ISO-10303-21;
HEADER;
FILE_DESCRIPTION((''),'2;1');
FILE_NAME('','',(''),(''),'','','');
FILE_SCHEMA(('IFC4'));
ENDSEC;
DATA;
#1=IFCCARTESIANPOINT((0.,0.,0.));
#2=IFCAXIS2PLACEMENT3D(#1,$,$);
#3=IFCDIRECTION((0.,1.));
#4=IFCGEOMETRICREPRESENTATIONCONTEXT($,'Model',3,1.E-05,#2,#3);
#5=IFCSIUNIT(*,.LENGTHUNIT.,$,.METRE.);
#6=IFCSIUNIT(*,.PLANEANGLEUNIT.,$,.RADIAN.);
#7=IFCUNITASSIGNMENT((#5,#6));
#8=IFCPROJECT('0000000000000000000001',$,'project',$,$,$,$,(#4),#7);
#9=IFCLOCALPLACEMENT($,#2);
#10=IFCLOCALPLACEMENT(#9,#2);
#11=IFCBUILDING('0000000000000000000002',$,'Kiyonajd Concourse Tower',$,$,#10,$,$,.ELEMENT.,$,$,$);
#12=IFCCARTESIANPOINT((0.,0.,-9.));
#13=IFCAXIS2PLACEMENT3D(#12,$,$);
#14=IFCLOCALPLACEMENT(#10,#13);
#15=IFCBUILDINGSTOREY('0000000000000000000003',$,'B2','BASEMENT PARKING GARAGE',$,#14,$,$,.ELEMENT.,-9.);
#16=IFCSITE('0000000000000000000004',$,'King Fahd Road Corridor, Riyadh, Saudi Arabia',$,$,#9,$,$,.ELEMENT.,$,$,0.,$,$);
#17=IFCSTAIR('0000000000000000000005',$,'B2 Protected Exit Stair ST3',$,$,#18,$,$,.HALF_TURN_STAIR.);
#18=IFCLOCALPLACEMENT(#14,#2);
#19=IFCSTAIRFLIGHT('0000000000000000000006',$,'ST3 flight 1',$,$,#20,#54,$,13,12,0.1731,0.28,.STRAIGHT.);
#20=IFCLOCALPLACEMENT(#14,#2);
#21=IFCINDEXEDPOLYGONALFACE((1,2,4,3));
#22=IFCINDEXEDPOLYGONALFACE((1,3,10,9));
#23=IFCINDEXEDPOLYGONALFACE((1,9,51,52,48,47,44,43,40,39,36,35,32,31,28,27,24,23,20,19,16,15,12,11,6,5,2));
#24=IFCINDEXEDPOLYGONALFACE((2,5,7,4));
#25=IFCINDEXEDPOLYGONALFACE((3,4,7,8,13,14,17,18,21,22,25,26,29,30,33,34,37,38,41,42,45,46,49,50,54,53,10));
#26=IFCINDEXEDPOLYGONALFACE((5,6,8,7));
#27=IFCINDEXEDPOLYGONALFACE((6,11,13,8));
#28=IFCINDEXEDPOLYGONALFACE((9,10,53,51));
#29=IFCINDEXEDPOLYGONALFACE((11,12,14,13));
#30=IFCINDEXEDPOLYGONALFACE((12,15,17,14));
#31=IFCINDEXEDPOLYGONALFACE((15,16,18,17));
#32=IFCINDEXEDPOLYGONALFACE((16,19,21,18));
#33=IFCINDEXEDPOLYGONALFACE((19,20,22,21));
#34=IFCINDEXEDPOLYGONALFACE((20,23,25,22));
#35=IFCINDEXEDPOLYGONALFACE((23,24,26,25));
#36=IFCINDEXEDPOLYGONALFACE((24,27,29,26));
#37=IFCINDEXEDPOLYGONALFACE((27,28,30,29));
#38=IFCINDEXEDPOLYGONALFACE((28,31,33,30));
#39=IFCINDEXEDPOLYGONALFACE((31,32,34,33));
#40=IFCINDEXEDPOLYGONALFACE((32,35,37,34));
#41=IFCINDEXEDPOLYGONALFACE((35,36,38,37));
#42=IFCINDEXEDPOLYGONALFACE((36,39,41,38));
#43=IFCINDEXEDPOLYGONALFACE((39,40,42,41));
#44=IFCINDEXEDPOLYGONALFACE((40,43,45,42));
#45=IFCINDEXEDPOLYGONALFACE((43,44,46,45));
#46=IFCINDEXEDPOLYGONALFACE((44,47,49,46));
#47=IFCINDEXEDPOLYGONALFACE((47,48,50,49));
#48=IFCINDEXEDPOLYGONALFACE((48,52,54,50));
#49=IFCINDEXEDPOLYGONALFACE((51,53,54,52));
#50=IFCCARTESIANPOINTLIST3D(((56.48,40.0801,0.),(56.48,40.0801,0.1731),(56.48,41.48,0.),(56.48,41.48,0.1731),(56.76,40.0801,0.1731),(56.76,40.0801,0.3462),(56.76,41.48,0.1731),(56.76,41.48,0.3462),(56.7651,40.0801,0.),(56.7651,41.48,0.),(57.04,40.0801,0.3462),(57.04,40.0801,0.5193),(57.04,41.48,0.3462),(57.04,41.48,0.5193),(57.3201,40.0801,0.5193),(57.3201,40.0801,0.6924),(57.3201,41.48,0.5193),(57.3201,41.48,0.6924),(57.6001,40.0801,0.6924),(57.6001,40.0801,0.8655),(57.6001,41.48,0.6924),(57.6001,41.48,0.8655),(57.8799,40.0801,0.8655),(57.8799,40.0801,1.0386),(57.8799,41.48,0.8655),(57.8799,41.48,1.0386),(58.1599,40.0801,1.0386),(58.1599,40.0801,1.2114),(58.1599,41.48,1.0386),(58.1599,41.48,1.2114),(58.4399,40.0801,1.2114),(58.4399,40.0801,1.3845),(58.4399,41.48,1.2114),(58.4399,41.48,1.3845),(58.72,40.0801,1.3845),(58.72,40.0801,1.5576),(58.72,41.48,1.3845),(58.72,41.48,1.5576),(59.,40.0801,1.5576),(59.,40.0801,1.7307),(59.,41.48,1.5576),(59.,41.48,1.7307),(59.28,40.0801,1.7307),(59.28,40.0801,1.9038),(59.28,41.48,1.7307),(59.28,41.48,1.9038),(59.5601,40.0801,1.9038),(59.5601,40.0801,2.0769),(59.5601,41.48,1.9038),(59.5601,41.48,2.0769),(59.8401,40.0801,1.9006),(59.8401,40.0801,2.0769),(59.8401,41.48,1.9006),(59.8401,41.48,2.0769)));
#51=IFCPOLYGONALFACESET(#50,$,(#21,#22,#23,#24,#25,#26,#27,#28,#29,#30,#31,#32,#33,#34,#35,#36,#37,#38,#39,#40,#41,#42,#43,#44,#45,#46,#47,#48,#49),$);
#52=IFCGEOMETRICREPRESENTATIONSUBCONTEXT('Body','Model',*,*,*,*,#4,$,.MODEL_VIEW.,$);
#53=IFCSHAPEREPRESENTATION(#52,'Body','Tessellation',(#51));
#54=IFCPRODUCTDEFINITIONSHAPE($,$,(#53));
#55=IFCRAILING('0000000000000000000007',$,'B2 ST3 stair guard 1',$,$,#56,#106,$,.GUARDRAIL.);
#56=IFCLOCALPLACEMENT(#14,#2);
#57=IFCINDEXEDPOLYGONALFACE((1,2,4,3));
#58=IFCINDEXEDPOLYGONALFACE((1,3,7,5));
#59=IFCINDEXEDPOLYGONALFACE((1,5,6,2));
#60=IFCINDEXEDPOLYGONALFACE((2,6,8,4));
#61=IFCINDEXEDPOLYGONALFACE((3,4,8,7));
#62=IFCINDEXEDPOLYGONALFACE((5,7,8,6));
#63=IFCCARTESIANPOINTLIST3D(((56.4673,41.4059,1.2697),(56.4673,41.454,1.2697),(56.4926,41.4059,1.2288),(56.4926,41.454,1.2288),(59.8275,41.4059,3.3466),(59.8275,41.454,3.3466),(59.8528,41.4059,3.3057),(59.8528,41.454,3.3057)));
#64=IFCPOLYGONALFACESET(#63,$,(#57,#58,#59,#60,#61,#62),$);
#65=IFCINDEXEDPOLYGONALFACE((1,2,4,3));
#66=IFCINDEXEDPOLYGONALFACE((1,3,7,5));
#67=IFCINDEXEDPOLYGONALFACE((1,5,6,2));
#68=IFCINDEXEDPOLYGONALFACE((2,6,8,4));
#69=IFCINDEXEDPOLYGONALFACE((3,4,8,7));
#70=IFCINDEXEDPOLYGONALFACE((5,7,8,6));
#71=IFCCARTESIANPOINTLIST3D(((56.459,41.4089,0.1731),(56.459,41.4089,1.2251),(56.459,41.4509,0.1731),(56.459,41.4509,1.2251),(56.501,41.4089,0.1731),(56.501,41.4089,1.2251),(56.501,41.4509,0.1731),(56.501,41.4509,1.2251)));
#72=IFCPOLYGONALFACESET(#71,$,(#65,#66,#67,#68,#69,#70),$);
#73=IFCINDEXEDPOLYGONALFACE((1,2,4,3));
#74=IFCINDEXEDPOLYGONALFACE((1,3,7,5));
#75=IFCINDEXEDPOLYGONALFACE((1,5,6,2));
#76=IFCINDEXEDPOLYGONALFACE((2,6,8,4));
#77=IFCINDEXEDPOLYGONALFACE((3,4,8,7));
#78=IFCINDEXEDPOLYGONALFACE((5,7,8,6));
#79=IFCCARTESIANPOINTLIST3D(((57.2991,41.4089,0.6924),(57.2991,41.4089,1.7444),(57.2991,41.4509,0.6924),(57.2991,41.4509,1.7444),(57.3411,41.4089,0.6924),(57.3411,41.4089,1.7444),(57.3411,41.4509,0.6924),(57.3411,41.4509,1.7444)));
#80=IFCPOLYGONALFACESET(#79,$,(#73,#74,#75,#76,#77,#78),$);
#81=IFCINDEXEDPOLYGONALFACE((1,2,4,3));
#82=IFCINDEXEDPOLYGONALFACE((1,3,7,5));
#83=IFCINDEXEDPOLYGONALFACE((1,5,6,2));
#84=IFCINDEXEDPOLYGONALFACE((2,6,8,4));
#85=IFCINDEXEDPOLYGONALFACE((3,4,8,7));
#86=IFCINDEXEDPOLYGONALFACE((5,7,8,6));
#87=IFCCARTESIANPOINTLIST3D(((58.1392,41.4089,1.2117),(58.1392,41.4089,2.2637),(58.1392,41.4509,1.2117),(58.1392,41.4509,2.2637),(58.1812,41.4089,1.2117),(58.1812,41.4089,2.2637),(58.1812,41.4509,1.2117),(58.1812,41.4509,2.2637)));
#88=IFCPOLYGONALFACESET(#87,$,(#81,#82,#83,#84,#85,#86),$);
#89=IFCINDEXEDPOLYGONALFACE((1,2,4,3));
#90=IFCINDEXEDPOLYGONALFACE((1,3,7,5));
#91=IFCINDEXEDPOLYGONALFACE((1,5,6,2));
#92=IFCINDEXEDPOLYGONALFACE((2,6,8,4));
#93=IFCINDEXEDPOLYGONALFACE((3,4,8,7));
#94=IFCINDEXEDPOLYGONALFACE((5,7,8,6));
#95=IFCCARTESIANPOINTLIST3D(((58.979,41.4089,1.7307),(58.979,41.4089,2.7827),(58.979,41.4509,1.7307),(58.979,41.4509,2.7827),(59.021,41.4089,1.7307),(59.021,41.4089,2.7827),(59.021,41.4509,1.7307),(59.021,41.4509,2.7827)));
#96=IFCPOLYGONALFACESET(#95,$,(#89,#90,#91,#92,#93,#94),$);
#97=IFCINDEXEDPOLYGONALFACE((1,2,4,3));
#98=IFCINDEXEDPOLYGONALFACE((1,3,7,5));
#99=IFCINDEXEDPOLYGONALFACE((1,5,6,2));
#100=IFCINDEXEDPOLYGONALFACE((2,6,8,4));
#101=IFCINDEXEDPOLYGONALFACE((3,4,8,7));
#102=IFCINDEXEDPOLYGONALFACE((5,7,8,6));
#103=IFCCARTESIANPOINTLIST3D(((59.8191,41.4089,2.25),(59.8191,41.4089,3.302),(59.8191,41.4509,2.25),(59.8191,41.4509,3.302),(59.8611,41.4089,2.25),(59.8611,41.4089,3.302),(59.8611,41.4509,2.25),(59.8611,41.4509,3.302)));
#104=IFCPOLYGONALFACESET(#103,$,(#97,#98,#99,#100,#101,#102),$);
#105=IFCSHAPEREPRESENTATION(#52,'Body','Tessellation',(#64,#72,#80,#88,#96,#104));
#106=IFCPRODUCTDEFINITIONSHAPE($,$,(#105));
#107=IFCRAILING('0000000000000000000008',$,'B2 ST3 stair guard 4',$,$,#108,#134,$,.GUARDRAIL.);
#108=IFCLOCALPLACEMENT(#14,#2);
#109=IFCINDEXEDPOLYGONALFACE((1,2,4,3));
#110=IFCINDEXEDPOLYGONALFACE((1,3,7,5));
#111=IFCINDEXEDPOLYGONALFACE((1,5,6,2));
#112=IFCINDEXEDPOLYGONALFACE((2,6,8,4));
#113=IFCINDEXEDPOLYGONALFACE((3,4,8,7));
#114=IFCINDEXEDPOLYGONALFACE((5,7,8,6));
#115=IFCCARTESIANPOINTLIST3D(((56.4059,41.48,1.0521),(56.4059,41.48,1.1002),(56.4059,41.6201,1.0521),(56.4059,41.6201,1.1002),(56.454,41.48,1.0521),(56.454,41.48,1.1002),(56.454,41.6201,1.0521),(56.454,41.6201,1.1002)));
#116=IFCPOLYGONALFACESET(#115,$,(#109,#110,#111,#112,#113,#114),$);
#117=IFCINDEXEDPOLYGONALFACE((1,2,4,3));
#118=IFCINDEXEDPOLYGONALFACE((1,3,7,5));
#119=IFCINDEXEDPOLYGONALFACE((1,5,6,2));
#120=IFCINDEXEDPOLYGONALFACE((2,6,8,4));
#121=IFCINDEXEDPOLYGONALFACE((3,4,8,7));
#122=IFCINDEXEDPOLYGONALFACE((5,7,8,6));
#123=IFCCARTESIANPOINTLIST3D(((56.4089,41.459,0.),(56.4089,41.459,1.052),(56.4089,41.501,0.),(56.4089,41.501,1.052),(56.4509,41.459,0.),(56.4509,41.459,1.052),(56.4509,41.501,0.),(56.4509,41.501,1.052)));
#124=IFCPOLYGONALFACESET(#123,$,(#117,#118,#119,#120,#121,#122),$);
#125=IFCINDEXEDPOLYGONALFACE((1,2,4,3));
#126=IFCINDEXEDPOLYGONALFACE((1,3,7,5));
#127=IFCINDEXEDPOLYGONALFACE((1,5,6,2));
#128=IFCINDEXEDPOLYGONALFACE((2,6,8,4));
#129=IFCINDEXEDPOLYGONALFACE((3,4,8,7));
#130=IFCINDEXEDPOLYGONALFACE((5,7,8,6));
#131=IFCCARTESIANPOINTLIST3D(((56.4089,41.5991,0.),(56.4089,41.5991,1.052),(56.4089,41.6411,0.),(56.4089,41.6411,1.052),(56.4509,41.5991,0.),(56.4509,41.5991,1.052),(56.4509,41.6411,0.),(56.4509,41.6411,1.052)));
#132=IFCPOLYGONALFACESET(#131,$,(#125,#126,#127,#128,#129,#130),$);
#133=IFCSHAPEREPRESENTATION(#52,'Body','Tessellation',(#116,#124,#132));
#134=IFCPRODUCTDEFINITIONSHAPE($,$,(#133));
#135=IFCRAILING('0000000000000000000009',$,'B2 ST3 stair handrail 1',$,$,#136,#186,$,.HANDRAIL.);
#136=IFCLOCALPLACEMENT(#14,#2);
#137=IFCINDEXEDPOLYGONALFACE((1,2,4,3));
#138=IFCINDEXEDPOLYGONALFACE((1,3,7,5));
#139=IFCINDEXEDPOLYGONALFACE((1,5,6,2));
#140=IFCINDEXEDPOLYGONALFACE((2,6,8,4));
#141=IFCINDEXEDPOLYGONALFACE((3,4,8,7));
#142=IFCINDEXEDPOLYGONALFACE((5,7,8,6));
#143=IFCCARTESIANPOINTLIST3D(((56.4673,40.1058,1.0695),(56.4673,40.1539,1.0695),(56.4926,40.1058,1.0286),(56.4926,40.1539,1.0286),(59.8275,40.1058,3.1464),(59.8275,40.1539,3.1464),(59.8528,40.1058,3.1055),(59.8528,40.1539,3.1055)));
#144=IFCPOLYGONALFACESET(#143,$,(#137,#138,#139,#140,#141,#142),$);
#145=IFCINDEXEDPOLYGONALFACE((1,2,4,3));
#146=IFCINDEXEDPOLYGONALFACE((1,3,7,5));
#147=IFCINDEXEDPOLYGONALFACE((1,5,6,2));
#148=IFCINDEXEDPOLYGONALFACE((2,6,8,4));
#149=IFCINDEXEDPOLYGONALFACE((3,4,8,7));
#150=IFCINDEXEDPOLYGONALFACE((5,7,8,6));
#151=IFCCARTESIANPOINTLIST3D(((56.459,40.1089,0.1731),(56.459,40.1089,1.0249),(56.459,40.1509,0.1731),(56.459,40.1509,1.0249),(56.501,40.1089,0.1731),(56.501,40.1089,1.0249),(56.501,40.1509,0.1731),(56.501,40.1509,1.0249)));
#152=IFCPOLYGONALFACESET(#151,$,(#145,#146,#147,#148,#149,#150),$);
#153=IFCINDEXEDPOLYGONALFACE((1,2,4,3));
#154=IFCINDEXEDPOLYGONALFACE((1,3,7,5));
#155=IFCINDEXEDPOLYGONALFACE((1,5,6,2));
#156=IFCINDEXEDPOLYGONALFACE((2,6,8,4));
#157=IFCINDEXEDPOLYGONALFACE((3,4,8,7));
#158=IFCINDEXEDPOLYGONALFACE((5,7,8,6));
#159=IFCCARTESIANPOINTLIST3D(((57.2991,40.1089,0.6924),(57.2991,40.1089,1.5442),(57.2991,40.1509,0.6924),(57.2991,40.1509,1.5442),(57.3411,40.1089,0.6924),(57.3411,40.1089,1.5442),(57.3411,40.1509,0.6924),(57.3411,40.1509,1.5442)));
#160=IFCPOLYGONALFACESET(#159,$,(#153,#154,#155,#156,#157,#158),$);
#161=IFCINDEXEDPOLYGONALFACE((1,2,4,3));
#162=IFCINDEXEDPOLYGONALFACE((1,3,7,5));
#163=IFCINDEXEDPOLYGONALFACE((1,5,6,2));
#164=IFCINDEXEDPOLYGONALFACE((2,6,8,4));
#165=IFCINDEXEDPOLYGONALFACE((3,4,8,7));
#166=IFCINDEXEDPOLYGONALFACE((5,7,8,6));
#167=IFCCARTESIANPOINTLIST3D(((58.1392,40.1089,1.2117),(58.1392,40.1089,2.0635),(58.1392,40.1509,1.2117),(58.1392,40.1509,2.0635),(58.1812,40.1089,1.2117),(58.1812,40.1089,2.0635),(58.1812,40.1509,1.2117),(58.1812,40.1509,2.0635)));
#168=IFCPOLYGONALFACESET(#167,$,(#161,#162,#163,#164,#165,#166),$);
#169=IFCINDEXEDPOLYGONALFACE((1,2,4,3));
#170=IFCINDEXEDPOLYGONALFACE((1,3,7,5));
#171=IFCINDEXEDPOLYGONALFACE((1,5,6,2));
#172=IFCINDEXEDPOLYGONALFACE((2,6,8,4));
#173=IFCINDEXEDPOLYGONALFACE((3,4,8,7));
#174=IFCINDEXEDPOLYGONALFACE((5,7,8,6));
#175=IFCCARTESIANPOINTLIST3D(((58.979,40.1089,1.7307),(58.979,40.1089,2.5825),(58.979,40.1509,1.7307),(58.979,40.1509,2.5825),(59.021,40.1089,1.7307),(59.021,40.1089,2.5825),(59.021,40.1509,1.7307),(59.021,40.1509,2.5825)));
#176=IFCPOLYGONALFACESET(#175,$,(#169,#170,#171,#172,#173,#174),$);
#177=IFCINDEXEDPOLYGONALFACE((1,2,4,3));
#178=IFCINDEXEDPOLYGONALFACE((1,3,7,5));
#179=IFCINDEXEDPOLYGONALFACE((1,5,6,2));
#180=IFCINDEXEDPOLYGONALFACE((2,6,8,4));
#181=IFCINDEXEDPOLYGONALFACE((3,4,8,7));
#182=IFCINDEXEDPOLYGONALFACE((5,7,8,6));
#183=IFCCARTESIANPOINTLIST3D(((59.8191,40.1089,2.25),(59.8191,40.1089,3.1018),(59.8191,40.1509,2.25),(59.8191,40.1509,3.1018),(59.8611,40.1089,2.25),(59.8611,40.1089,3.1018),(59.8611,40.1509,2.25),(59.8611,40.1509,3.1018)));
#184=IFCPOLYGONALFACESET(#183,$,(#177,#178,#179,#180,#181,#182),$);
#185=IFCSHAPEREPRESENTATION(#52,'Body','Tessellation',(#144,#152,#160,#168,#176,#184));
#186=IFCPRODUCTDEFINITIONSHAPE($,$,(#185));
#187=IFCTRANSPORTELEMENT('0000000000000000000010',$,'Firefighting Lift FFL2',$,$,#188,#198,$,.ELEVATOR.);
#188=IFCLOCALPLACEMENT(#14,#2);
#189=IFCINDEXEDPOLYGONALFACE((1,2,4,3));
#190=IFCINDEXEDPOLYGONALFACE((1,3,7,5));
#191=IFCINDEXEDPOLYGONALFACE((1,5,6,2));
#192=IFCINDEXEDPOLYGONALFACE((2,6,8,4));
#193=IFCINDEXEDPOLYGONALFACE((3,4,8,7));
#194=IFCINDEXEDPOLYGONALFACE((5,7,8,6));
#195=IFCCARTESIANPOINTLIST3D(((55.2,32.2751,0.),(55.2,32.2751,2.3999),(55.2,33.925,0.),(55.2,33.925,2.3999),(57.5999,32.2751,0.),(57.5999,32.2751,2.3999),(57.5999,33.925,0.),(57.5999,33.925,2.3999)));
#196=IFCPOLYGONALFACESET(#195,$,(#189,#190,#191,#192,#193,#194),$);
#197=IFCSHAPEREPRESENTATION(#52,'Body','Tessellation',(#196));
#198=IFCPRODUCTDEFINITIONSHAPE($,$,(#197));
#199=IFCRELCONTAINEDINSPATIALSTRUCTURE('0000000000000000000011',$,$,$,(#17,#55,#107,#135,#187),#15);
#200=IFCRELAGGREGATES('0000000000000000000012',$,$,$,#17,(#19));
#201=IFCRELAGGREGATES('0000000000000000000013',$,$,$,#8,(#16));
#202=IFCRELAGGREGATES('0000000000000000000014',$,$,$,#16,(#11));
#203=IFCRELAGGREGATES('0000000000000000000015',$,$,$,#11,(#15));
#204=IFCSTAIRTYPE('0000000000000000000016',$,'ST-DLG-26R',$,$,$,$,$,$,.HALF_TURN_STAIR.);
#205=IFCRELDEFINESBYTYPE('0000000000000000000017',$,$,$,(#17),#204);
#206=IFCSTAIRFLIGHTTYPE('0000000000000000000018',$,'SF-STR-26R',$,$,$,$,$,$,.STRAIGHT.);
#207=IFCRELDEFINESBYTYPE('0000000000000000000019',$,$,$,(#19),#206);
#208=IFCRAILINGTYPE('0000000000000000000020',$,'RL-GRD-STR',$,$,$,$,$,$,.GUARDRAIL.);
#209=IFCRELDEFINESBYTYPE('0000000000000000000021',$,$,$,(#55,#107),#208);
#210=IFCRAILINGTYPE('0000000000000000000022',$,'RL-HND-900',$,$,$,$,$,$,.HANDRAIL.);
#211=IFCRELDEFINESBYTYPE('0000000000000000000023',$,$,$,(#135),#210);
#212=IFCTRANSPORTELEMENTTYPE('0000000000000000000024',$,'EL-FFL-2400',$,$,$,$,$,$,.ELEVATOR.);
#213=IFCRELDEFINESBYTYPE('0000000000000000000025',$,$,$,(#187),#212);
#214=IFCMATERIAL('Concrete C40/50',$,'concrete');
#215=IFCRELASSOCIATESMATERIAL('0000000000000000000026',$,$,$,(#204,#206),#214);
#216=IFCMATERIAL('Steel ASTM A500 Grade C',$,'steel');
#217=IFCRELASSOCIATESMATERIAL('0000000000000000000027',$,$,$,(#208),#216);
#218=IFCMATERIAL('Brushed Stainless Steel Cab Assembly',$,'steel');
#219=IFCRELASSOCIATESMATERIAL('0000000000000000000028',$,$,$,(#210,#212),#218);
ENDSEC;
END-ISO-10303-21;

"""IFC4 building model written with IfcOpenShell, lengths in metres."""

from ifc_helpers import new_model, si_unit, direction, frame, origin, origin_2d, place, context, subcontext, project, spatial, polyline, rectangle, outline, extrude, material, type_object, element, aggregate, save


model = new_model("IFC4")

# Units and contexts
model_context = context("Model", 3, precision=1e-05, world=origin(), true_north=direction((0.0, 1.0)))
body_context = subcontext(model_context, "Body", "Model", "MODEL_VIEW")
ifc_project = project(units=[si_unit("LENGTHUNIT", "METRE"), si_unit("PLANEANGLEUNIT", "RADIAN")], contexts=[model_context])

# Site, building, storey
site_placement = place(None, origin())
site = spatial("IfcSite", under=ifc_project, at=site_placement, Name="King Fahd Road Corridor, Riyadh, Saudi Arabia", CompositionType="ELEMENT", RefElevation=0.0)
building_placement = place(site_placement, origin())
building = spatial("IfcBuilding", under=site, at=building_placement, Name="Kiyonajd Concourse Tower", CompositionType="ELEMENT")
storey_placement = place(building_placement, frame((0.0, 0.0, -9.0)))
storey = spatial("IfcBuildingStorey", under=building, at=storey_placement, Name="B2", Description="BASEMENT PARKING GARAGE", CompositionType="ELEMENT", Elevation=-9.0)

# Shared definitions
ifc_material_1 = material(Name="Brushed Stainless Steel Cab Assembly", Category="steel")

# Stair, stair flight
ifc_material_2 = material(Name="Concrete C40/50", Category="concrete")
stair_type = type_object("IfcStairType", Name="ST-DLG-26R", PredefinedType="HALF_TURN_STAIR", material=ifc_material_2)
stair_placement = place(storey_placement, origin())
stair = element("IfcStair", 1, at=stair_placement, inside=storey, type_object=stair_type, Name="B2 Protected Exit Stair ST3", PredefinedType="HALF_TURN_STAIR")
stair_flight_type = type_object("IfcStairFlightType", Name="SF-STR-26R", PredefinedType="STRAIGHT", material=ifc_material_2)
stair_flight_placement = place(storey_placement, frame((56.48, 40.78, 0.0), z_axis=(0.0, 0.0, 1.0), x_axis=(1.0, 0.0, 0.0)))
stair_flight = element("IfcStairFlight", 2, at=stair_flight_placement, type_object=stair_flight_type, Name="ST3 flight 1", NumberOfRisers=13, NumberOfTreads=12, PredefinedType="STRAIGHT", RiserHeight=0.1731, TreadLength=0.28, context=body_context, shape_type="SweptSolid", body=[
    extrude(outline(polyline([(0.0, 0.0), (0.0, 0.1731), (0.28, 0.1731), (0.28, 0.3462), (0.5601, 0.3462), (0.5601, 0.5193), (0.8401, 0.5193), (0.8401, 0.6924), (1.1201, 0.6924), (1.1201, 0.8655), (1.3999, 0.8655), (1.3999, 1.0386), (1.6799, 1.0386), (1.6799, 1.2114), (1.96, 1.2114), (1.96, 1.3845), (2.24, 1.3845), (2.24, 1.5576), (2.52, 1.5576), (2.52, 1.7307), (2.8, 1.7307), (2.8, 1.9038), (3.0801, 1.9038), (3.0801, 2.0769), (3.3601, 2.0769), (3.3601, 2.25), (3.3601, 1.9006), (0.2852, 0.0), (0.0, 0.0)])), frame((0.0, 0.7, 0.0), z_axis=(0.0, -1.0, 0.0), x_axis=(1.0, 0.0, 0.0)), (0.0, 0.0, 1.0), 1.3999),
])
aggregate(stair, [stair_flight])

# Railings
ifc_material_3 = material(Name="Steel ASTM A500 Grade C", Category="steel")
railing_type_1 = type_object("IfcRailingType", Name="RL-GRD-STR", PredefinedType="GUARDRAIL", material=ifc_material_3)
railing_1_placement = place(storey_placement, frame((56.48, 41.4299, 0.1731)))
element("IfcRailing", 3, at=railing_1_placement, inside=storey, type_object=railing_type_1, Name="B2 ST3 stair guard 1", PredefinedType="GUARDRAIL", context=body_context, shape_type="SweptSolid", body=[
    extrude(rectangle(XDim=0.0481, YDim=0.0481, at=origin_2d()), frame((0.0, 0.0, 1.0762), z_axis=(0.850623, 0.0, 0.525776), x_axis=(0.0, 1.0, 0.0)), (0.0, 0.0, 1.0), 3.9502),
    extrude(rectangle(XDim=0.042, YDim=0.042, at=origin_2d()), origin(), (0.0, 0.0, 1.0), 1.052),
    extrude(rectangle(XDim=0.042, YDim=0.042, at=origin_2d()), frame((0.8401, 0.0, 0.5193)), (0.0, 0.0, 1.0), 1.052),
    extrude(rectangle(XDim=0.042, YDim=0.042, at=origin_2d()), frame((1.6802, 0.0, 1.0386)), (0.0, 0.0, 1.0), 1.052),
    extrude(rectangle(XDim=0.042, YDim=0.042, at=origin_2d()), frame((2.52, 0.0, 1.5576)), (0.0, 0.0, 1.0), 1.052),
    extrude(rectangle(XDim=0.042, YDim=0.042, at=origin_2d()), frame((3.3601, 0.0, 2.0769)), (0.0, 0.0, 1.0), 1.052),
])
railing_2_placement = place(storey_placement, frame((56.4299, 41.48, 0.0)))
element("IfcRailing", 4, at=railing_2_placement, inside=storey, type_object=railing_type_1, Name="B2 ST3 stair guard 4", PredefinedType="GUARDRAIL", context=body_context, shape_type="SweptSolid", body=[
    extrude(rectangle(XDim=0.0481, YDim=0.0481, at=origin_2d()), frame((0.0, 0.0, 1.0762), z_axis=(0.0, 1.0, 0.0), x_axis=(-1.0, 0.0, 0.0)), (0.0, 0.0, 1.0), 0.1401),
    extrude(rectangle(XDim=0.042, YDim=0.042, at=origin_2d()), origin(), (0.0, 0.0, 1.0), 1.052),
    extrude(rectangle(XDim=0.042, YDim=0.042, at=origin_2d()), frame((0.0, 0.1401, 0.0)), (0.0, 0.0, 1.0), 1.052),
])
railing_type_2 = type_object("IfcRailingType", Name="RL-HND-900", PredefinedType="HANDRAIL", material=ifc_material_1)
railing_3_placement = place(storey_placement, frame((56.48, 40.1299, 0.1731)))
element("IfcRailing", 5, at=railing_3_placement, inside=storey, type_object=railing_type_2, Name="B2 ST3 stair handrail 1", PredefinedType="HANDRAIL", context=body_context, shape_type="SweptSolid", body=[
    extrude(rectangle(XDim=0.0481, YDim=0.0481, at=origin_2d()), frame((0.0, 0.0, 0.876), z_axis=(0.850623, 0.0, 0.525776), x_axis=(0.0, 1.0, 0.0)), (0.0, 0.0, 1.0), 3.9502),
    extrude(rectangle(XDim=0.042, YDim=0.042, at=origin_2d()), origin(), (0.0, 0.0, 1.0), 0.8518),
    extrude(rectangle(XDim=0.042, YDim=0.042, at=origin_2d()), frame((0.8401, 0.0, 0.5193)), (0.0, 0.0, 1.0), 0.8518),
    extrude(rectangle(XDim=0.042, YDim=0.042, at=origin_2d()), frame((1.6802, 0.0, 1.0386)), (0.0, 0.0, 1.0), 0.8518),
    extrude(rectangle(XDim=0.042, YDim=0.042, at=origin_2d()), frame((2.52, 0.0, 1.5576)), (0.0, 0.0, 1.0), 0.8518),
    extrude(rectangle(XDim=0.042, YDim=0.042, at=origin_2d()), frame((3.3601, 0.0, 2.0769)), (0.0, 0.0, 1.0), 0.8518),
])

# Transport element
transport_element_type = type_object("IfcTransportElementType", Name="EL-FFL-2400", PredefinedType="ELEVATOR", material=ifc_material_1)
transport_element_placement = place(storey_placement, frame((56.3999, 33.1001, 0.0), z_axis=(0.0, 0.0, 1.0), x_axis=(1.0, 0.0, 0.0)))
element("IfcTransportElement", 6, at=transport_element_placement, inside=storey, type_object=transport_element_type, Name="Firefighting Lift FFL2", PredefinedType="ELEVATOR", context=body_context, shape_type="SweptSolid", body=[
    extrude(rectangle(XDim=2.3999, YDim=1.6499, at=origin_2d()), origin(), (0.0, 0.0, 1.0), 2.3999),
])

save(model, "model.ifc")
